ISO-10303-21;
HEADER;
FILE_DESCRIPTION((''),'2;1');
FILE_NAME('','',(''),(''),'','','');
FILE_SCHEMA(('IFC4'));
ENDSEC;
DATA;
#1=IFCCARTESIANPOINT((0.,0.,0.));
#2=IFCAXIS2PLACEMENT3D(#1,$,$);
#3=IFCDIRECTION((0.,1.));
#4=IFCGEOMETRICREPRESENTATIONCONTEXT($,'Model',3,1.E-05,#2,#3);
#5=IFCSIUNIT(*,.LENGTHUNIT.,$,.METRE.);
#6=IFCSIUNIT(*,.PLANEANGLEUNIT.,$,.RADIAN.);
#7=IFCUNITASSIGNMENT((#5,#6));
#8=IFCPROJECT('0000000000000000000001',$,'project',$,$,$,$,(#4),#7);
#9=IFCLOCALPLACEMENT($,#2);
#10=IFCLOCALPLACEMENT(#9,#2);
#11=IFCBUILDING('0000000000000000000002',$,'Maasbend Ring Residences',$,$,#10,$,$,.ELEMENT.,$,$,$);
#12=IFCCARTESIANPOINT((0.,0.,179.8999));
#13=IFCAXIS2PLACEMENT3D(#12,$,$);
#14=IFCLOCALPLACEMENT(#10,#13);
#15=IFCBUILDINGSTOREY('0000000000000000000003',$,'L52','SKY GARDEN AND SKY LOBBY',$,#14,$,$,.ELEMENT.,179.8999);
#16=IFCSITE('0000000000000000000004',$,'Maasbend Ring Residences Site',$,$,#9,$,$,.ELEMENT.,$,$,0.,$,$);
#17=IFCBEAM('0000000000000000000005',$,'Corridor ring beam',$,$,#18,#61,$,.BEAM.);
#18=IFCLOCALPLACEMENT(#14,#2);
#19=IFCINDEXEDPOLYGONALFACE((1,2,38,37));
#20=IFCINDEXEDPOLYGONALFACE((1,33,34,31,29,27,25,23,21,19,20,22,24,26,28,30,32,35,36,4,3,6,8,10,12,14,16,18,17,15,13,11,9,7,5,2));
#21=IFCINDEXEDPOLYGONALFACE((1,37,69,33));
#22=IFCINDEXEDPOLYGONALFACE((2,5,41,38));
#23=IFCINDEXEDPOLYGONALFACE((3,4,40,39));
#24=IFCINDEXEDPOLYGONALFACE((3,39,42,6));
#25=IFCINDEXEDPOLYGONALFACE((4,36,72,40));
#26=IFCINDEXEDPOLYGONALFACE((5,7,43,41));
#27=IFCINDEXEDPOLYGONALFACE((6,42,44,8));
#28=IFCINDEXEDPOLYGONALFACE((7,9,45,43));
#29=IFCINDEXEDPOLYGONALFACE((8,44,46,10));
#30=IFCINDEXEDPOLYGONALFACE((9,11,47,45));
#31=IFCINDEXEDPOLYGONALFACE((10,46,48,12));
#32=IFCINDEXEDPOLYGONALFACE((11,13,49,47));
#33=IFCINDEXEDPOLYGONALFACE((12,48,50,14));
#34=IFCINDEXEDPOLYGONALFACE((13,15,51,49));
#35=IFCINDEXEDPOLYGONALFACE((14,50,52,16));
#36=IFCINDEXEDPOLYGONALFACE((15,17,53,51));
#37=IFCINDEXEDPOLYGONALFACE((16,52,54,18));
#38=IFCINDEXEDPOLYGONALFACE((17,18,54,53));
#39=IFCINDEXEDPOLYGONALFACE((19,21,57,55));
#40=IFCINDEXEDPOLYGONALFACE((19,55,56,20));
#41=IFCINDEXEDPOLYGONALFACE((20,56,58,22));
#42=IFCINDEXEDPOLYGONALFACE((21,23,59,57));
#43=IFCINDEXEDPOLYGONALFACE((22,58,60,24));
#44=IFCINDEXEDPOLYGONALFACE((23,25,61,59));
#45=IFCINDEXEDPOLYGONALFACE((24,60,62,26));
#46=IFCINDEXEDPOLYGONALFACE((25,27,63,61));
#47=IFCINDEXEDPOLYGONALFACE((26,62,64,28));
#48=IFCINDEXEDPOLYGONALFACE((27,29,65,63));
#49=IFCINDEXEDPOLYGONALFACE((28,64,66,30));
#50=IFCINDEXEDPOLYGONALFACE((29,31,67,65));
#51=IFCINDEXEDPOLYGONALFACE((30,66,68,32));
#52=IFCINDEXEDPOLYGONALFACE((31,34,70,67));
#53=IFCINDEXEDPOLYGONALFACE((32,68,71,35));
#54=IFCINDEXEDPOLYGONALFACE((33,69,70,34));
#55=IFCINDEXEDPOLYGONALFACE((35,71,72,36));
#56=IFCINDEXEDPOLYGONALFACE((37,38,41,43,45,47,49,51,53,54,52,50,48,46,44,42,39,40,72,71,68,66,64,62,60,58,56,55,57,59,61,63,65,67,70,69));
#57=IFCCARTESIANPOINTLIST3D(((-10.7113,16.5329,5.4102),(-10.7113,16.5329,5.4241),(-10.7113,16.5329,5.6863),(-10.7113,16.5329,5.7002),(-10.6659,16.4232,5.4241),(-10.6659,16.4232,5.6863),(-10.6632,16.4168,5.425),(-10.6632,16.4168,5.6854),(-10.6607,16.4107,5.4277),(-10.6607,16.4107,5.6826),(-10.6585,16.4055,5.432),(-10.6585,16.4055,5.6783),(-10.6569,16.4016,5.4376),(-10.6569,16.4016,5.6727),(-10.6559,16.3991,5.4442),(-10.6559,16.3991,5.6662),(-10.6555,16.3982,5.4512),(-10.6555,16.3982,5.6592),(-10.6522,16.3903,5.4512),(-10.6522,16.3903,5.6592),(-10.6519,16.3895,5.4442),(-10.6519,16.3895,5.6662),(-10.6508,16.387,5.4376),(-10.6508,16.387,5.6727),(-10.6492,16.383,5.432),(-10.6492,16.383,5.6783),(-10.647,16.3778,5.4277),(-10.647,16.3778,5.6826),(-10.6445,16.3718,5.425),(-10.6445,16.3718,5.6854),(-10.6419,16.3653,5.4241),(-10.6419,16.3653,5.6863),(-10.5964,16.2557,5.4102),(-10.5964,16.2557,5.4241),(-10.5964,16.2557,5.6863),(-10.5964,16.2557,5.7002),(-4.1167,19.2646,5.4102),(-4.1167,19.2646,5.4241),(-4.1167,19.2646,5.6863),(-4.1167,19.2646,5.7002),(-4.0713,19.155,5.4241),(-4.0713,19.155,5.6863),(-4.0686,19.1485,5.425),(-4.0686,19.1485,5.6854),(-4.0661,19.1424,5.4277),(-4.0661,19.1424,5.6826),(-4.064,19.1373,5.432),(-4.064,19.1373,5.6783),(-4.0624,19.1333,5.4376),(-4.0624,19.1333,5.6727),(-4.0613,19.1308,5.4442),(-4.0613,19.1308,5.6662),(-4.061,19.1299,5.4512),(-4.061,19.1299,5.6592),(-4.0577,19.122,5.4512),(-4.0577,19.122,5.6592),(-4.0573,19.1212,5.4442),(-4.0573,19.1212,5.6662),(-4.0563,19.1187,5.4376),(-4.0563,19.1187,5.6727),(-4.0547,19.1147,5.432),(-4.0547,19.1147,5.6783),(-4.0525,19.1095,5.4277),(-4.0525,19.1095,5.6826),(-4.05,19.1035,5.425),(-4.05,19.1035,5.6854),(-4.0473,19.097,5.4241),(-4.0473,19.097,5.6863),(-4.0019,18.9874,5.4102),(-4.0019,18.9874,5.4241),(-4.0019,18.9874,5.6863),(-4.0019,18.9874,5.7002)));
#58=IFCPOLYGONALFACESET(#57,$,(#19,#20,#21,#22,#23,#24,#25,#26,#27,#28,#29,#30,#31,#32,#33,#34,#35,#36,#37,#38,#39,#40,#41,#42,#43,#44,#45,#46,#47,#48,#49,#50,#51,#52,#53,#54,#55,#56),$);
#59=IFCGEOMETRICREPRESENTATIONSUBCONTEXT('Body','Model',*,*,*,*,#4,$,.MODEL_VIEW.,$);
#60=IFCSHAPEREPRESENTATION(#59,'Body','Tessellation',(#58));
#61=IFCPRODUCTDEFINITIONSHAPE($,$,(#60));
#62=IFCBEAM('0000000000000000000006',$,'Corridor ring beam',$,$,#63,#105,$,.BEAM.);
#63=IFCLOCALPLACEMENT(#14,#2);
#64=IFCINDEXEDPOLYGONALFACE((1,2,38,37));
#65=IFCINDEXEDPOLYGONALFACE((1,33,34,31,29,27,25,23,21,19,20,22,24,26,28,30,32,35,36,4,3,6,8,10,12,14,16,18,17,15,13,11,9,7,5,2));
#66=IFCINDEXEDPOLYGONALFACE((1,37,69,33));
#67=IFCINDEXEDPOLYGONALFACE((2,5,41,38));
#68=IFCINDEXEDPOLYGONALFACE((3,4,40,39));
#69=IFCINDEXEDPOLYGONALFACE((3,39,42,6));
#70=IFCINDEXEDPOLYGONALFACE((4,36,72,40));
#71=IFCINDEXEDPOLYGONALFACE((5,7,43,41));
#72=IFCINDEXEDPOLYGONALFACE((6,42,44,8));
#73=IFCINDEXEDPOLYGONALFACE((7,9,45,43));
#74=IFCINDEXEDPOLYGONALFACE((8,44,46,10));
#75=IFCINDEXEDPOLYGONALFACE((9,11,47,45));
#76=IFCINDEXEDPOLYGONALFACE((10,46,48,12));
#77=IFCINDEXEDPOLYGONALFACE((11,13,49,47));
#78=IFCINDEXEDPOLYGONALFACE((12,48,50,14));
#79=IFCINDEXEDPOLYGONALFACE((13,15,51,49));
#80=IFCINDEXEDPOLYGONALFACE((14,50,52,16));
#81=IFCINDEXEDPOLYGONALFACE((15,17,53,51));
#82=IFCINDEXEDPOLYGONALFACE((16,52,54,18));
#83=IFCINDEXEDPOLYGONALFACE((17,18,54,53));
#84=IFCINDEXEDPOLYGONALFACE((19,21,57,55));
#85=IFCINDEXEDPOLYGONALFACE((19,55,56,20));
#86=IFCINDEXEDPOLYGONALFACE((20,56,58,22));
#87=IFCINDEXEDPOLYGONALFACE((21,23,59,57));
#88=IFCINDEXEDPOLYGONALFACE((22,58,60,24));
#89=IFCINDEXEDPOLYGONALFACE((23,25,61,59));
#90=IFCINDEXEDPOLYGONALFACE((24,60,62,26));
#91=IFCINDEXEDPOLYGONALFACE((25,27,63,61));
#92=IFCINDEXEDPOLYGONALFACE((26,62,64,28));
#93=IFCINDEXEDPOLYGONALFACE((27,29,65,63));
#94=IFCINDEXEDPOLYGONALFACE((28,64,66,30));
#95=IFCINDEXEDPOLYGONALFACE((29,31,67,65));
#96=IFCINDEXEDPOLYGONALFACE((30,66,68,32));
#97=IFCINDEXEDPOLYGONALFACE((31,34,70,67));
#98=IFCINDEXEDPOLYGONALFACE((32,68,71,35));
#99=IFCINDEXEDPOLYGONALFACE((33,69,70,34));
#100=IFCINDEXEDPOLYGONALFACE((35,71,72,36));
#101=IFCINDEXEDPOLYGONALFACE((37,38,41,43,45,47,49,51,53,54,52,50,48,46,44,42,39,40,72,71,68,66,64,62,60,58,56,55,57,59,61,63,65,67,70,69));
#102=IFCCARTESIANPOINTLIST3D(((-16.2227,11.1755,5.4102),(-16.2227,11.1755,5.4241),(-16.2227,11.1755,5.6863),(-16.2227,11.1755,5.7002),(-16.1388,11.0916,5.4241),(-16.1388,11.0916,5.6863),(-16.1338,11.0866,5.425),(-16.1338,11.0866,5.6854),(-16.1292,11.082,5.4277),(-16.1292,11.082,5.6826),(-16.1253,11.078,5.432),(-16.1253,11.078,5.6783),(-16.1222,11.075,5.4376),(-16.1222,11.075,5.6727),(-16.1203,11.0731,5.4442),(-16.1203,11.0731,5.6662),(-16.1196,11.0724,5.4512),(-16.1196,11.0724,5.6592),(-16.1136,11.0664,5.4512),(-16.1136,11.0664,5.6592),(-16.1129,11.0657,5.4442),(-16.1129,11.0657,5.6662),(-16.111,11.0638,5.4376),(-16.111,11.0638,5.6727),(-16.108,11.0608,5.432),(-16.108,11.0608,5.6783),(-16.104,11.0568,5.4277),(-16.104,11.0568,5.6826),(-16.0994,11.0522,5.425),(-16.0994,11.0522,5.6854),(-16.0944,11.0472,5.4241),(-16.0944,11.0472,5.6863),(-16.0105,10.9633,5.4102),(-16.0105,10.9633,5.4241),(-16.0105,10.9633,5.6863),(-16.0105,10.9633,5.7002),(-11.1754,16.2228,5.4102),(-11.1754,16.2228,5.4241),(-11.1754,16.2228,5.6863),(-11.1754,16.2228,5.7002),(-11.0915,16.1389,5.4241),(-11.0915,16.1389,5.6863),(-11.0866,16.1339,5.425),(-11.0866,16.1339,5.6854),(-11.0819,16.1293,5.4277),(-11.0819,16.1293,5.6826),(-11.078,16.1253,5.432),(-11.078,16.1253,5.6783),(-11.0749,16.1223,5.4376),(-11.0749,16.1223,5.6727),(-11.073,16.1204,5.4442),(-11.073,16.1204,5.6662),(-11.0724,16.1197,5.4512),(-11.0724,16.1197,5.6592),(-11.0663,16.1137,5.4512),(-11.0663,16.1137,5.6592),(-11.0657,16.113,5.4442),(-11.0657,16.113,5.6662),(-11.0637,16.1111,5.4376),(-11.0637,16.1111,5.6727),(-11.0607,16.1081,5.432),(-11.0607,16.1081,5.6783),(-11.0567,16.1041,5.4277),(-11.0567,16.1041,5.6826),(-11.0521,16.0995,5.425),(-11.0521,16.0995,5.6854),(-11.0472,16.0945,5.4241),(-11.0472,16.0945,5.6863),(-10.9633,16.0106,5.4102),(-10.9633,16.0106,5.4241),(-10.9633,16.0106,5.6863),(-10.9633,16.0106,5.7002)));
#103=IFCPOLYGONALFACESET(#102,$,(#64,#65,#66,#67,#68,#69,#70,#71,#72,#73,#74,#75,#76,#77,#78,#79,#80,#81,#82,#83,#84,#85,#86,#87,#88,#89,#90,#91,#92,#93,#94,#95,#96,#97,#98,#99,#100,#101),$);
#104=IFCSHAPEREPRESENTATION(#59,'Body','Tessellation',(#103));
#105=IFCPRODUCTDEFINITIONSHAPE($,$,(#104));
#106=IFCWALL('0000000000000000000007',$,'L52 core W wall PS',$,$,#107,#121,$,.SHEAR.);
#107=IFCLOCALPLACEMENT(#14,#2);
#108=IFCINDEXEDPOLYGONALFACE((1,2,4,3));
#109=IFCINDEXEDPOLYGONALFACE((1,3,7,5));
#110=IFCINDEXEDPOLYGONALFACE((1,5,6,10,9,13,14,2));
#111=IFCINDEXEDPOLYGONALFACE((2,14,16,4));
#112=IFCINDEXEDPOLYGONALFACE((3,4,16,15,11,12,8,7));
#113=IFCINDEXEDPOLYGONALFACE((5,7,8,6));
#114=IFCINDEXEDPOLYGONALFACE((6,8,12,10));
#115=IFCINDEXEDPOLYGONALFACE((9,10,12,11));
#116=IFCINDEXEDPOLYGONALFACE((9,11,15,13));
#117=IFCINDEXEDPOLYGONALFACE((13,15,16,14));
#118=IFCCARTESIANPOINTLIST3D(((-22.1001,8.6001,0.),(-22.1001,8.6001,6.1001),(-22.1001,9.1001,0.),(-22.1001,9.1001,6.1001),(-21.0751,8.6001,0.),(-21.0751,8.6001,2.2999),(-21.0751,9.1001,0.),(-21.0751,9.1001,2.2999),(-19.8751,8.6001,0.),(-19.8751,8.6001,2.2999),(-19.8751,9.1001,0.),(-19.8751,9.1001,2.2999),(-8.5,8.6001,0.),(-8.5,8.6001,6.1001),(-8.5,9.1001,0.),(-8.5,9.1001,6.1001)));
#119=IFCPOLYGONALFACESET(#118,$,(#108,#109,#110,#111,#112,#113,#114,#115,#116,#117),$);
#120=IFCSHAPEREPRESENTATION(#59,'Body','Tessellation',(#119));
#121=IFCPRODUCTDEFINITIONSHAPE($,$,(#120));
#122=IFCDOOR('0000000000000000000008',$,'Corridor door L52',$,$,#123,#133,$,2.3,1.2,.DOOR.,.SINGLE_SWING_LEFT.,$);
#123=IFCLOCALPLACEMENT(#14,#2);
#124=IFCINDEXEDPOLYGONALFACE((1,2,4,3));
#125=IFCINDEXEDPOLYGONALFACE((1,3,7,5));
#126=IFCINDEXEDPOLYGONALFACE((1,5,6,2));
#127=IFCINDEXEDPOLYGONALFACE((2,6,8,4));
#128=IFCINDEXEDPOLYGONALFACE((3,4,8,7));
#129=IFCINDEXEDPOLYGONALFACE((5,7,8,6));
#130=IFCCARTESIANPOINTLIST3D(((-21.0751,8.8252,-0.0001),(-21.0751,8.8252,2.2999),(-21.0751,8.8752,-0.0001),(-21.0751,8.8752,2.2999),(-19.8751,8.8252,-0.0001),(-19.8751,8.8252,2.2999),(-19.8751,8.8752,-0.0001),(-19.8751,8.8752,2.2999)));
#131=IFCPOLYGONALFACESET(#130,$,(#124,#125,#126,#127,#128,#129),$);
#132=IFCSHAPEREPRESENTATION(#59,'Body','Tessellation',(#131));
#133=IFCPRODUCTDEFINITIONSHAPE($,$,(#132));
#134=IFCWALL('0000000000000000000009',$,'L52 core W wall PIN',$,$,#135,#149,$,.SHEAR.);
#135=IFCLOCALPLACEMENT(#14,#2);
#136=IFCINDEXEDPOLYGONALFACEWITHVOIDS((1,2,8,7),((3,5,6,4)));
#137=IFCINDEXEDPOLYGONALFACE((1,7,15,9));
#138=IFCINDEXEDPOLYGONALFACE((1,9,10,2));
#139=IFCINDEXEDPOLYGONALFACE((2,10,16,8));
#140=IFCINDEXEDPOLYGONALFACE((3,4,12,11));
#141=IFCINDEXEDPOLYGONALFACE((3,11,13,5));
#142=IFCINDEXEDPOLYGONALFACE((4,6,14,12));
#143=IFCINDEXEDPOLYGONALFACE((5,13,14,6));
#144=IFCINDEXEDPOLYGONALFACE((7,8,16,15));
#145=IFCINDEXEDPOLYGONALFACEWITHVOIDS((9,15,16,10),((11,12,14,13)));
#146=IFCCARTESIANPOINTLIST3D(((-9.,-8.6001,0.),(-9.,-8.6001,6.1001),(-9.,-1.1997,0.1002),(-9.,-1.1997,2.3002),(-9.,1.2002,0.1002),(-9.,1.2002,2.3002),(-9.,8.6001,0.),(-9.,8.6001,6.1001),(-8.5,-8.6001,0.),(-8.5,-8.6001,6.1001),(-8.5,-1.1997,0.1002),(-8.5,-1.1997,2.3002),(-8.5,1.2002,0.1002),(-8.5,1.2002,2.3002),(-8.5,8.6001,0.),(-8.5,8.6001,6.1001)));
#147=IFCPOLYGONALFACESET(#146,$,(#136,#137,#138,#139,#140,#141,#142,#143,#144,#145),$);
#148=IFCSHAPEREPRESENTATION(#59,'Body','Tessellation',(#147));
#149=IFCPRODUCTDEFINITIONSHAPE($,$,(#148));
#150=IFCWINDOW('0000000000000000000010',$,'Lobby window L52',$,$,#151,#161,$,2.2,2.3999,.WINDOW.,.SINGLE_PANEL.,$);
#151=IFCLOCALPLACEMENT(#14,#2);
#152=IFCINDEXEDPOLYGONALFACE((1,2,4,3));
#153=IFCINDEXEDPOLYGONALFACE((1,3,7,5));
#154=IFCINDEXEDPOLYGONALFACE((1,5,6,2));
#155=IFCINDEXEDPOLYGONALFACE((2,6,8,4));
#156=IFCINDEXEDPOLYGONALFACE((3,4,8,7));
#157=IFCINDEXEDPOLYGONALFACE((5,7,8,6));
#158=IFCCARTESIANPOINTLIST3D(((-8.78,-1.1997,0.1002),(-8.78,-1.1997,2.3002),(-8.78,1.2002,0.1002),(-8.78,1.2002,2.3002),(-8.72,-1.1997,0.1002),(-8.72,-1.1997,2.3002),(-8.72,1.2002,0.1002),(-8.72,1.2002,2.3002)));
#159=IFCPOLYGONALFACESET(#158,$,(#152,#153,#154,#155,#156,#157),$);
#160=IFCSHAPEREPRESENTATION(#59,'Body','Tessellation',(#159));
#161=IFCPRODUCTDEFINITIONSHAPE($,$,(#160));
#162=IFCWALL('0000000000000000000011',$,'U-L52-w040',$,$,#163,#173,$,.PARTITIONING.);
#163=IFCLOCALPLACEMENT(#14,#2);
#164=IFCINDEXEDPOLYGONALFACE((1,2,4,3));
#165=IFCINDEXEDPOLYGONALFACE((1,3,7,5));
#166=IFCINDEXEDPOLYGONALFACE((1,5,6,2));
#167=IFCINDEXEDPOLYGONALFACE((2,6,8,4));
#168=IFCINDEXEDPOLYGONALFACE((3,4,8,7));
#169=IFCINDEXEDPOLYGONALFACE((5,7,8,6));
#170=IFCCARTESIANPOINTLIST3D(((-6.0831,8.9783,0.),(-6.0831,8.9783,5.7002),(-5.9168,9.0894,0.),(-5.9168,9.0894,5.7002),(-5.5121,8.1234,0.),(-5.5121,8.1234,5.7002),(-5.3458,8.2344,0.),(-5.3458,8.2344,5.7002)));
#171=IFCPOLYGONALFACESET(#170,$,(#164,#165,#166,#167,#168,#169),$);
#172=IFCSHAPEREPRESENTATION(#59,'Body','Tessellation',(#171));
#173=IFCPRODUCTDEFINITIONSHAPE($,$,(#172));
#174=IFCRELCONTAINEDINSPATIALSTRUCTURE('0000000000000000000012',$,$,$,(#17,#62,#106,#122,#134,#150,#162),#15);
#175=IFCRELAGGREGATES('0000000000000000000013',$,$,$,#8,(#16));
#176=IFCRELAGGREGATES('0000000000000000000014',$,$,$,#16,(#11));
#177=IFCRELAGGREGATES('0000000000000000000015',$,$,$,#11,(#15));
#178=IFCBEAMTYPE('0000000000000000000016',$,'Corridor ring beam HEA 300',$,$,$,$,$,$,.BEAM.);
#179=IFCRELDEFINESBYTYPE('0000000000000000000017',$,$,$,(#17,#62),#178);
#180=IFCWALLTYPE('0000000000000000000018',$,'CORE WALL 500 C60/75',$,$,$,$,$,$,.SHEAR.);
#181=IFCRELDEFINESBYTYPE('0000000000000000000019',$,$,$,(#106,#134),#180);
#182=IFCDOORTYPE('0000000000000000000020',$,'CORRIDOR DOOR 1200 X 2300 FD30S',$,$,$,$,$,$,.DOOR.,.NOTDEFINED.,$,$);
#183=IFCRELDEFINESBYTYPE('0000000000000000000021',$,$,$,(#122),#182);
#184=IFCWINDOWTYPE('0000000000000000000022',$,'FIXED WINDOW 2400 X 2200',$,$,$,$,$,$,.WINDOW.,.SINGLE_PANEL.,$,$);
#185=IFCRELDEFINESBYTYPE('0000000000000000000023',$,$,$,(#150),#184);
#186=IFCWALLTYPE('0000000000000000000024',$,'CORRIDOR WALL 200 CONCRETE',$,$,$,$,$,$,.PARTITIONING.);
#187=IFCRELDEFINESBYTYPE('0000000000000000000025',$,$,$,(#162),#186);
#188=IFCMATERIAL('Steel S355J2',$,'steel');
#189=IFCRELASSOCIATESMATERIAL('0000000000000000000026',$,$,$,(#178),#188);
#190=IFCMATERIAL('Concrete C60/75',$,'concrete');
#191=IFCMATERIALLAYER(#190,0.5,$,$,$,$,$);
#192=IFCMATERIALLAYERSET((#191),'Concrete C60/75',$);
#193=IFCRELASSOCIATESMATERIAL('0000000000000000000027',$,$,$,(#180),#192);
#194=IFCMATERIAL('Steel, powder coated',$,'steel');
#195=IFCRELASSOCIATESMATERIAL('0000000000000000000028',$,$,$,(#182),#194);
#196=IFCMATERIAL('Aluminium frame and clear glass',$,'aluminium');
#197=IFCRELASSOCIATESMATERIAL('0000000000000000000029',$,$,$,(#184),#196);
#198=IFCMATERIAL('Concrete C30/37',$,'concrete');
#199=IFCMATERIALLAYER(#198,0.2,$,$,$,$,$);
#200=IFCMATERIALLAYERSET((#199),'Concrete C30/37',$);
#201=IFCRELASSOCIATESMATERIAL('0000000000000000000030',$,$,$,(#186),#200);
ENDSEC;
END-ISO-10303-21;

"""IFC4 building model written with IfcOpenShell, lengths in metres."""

from ifc_helpers import new_model, si_unit, direction, frame, frame_2d, origin, origin_2d, place, context, subcontext, project, spatial, rectangle, i_section, extrude, material, layer, layer_set, material_profile, profile_set, type_object, element, fill, save


model = new_model("IFC4")

# Units and contexts
model_context = context("Model", 3, precision=1e-05, world=origin(), true_north=direction((0.0, 1.0)))
body_context = subcontext(model_context, "Body", "Model", "MODEL_VIEW")
ifc_project = project(units=[si_unit("LENGTHUNIT", "METRE"), si_unit("PLANEANGLEUNIT", "RADIAN")], contexts=[model_context])

# Site, building, storey
site_placement = place(None, origin())
site = spatial("IfcSite", under=ifc_project, at=site_placement, Name="Maasbend Ring Residences Site", CompositionType="ELEMENT", RefElevation=0.0)
building_placement = place(site_placement, origin())
building = spatial("IfcBuilding", under=site, at=building_placement, Name="Maasbend Ring Residences", CompositionType="ELEMENT")
storey_placement = place(building_placement, frame((0.0, 0.0, 179.8999)))
storey = spatial("IfcBuildingStorey", under=building, at=storey_placement, Name="L52", Description="SKY GARDEN AND SKY LOBBY", CompositionType="ELEMENT", Elevation=179.8999)

# Beams
ifc_material_1 = material(Name="Steel S355J2", Category="steel")
ifc_material_profile_1 = material_profile(ifc_material_1, i_section(OverallWidth=0.3, OverallDepth=0.29, WebThickness=0.0085, FlangeThickness=0.0139, FilletRadius=0.0271, at=origin_2d()), Name="HEA 300")
ifc_profile_set_1 = profile_set([ifc_material_profile_1], Name="Steel S355J2")
beam_type_1 = type_object("IfcBeamType", Name="Corridor ring beam HEA 300", PredefinedType="BEAM", material=ifc_profile_set_1)
for number, where, z_axis, x_axis, name in (
    (1, (-4.0593, 19.126, 5.5552), (-0.923871, -0.382703, 0.0), (0.382703, -0.923871, 0.0), "Corridor ring beam"),
    (2, (-11.0693, 16.1167, 5.5552), (-0.707107, -0.707107, 0.0), (0.707107, -0.707107, 0.0), "Corridor ring beam"),
):
    element("IfcBeam", number, at=place(storey_placement, frame(where, z_axis=z_axis, x_axis=x_axis)), inside=storey, type_object=beam_type_1, Name=name, PredefinedType="BEAM", context=body_context, shape_type="SweptSolid", body=[
        extrude(i_section(OverallWidth=0.3, OverallDepth=0.29, WebThickness=0.0085, FlangeThickness=0.0139, FilletRadius=0.0271, at=origin_2d()), origin(), (0.0, 0.0, 1.0), 7.1379),
    ])

# Wall, opening, door
ifc_material_2 = material(Name="Concrete C60/75", Category="concrete")
ifc_layer_1 = layer(ifc_material_2, 0.5)
ifc_layer_set_1 = layer_set([ifc_layer_1], Name="Concrete C60/75")
wall_type_1 = type_object("IfcWallType", Name="CORE WALL 500 C60/75", PredefinedType="SHEAR", material=ifc_layer_set_1)
wall_1_placement = place(storey_placement, frame((-8.5, 8.8501, 0.0), z_axis=(0.0, 0.0, 1.0), x_axis=(-1.0, 0.0, 0.0)))
wall_1 = element("IfcWall", 3, at=wall_1_placement, inside=storey, type_object=wall_type_1, Name="L52 core W wall PS", PredefinedType="SHEAR", context=body_context, shape_type="SweptSolid", body=[
    extrude(rectangle(XDim=13.6001, YDim=0.5, at=frame_2d((6.8, 0.0))), origin(), (0.0, 0.0, 1.0), 6.1001),
])
opening_1_placement = place(wall_1_placement, frame((11.375, 0.0, 0.0)))
opening_1 = element("IfcOpeningElement", 4, at=opening_1_placement, cuts=wall_1, PredefinedType="OPENING", context=body_context, shape_type="SweptSolid", body=[
    extrude(rectangle(XDim=1.2, YDim=2.3, at=frame_2d((0.6001, 1.1499))), frame((0.0, 0.26, 0.0), z_axis=(0.0, -1.0, 0.0), x_axis=(1.0, 0.0, 0.0)), (0.0, 0.0, 1.0), 0.52),
])
ifc_material_3 = material(Name="Steel, powder coated", Category="steel")
door_type_1 = type_object("IfcDoorType", Name="CORRIDOR DOOR 1200 X 2300 FD30S", OperationType="NOTDEFINED", PredefinedType="DOOR", material=ifc_material_3)
door_1_placement = place(opening_1_placement, origin())
door_1 = element("IfcDoor", 5, at=door_1_placement, inside=storey, type_object=door_type_1, Name="Corridor door L52", OperationType="SINGLE_SWING_LEFT", OverallHeight=2.3, OverallWidth=1.2, PredefinedType="DOOR", context=body_context, shape_type="SweptSolid", body=[
    extrude(rectangle(XDim=1.2, YDim=2.3, at=frame_2d((0.6001, 1.1499))), frame((0.0, 0.0249, 0.0), z_axis=(0.0, -1.0, 0.0), x_axis=(1.0, 0.0, 0.0)), (0.0, 0.0, 1.0), 0.05),
])
fill(opening_1, door_1)

# Wall, opening, window
wall_2_placement = place(storey_placement, frame((-8.75, 8.6001, 0.0), z_axis=(0.0, 0.0, 1.0), x_axis=(0.0, -1.0, 0.0)))
wall_2 = element("IfcWall", 6, at=wall_2_placement, inside=storey, type_object=wall_type_1, Name="L52 core W wall PIN", PredefinedType="SHEAR", context=body_context, shape_type="SweptSolid", body=[
    extrude(rectangle(XDim=17.2002, YDim=0.5, at=frame_2d((8.6001, 0.0))), origin(), (0.0, 0.0, 1.0), 6.1001),
])
opening_2_placement = place(wall_2_placement, frame((7.3999, 0.0, 0.1001)))
opening_2 = element("IfcOpeningElement", 7, at=opening_2_placement, cuts=wall_2, PredefinedType="OPENING", context=body_context, shape_type="SweptSolid", body=[
    extrude(rectangle(XDim=2.3999, YDim=2.2, at=frame_2d((1.2, 1.1001))), frame((0.0, 0.26, 0.0), z_axis=(0.0, -1.0, 0.0), x_axis=(1.0, 0.0, 0.0)), (0.0, 0.0, 1.0), 0.52),
])
ifc_material_4 = material(Name="Aluminium frame and clear glass", Category="aluminium")
window_type = type_object("IfcWindowType", Name="FIXED WINDOW 2400 X 2200", PartitioningType="SINGLE_PANEL", PredefinedType="WINDOW", material=ifc_material_4)
window_placement = place(opening_2_placement, origin())
window = element("IfcWindow", 8, at=window_placement, inside=storey, type_object=window_type, Name="Lobby window L52", OverallHeight=2.2, OverallWidth=2.3999, PartitioningType="SINGLE_PANEL", PredefinedType="WINDOW", context=body_context, shape_type="SweptSolid", body=[
    extrude(rectangle(XDim=2.3999, YDim=2.2, at=frame_2d((1.2, 1.1001))), frame((0.0, 0.03, 0.0), z_axis=(0.0, -1.0, 0.0), x_axis=(1.0, 0.0, 0.0)), (0.0, 0.0, 1.0), 0.0601),
])
fill(opening_2, window)

# Wall
ifc_material_5 = material(Name="Concrete C30/37", Category="concrete")
ifc_layer_2 = layer(ifc_material_5, 0.2)
ifc_layer_set_2 = layer_set([ifc_layer_2], Name="Concrete C30/37")
wall_type_2 = type_object("IfcWallType", Name="CORRIDOR WALL 200 CONCRETE", PredefinedType="PARTITIONING", material=ifc_layer_set_2)
wall_3_placement = place(storey_placement, frame((-6.0, 9.0339, 0.0), z_axis=(0.0, 0.0, 1.0), x_axis=(0.555412, -0.831575, 0.0)))
element("IfcWall", 9, at=wall_3_placement, inside=storey, type_object=wall_type_2, Name="U-L52-w040", PredefinedType="PARTITIONING", context=body_context, shape_type="SweptSolid", body=[
    extrude(rectangle(XDim=1.0281, YDim=0.2, at=frame_2d((0.5142, 0.0))), origin(), (0.0, 0.0, 1.0), 5.7002),
])

save(model, "model.ifc")
